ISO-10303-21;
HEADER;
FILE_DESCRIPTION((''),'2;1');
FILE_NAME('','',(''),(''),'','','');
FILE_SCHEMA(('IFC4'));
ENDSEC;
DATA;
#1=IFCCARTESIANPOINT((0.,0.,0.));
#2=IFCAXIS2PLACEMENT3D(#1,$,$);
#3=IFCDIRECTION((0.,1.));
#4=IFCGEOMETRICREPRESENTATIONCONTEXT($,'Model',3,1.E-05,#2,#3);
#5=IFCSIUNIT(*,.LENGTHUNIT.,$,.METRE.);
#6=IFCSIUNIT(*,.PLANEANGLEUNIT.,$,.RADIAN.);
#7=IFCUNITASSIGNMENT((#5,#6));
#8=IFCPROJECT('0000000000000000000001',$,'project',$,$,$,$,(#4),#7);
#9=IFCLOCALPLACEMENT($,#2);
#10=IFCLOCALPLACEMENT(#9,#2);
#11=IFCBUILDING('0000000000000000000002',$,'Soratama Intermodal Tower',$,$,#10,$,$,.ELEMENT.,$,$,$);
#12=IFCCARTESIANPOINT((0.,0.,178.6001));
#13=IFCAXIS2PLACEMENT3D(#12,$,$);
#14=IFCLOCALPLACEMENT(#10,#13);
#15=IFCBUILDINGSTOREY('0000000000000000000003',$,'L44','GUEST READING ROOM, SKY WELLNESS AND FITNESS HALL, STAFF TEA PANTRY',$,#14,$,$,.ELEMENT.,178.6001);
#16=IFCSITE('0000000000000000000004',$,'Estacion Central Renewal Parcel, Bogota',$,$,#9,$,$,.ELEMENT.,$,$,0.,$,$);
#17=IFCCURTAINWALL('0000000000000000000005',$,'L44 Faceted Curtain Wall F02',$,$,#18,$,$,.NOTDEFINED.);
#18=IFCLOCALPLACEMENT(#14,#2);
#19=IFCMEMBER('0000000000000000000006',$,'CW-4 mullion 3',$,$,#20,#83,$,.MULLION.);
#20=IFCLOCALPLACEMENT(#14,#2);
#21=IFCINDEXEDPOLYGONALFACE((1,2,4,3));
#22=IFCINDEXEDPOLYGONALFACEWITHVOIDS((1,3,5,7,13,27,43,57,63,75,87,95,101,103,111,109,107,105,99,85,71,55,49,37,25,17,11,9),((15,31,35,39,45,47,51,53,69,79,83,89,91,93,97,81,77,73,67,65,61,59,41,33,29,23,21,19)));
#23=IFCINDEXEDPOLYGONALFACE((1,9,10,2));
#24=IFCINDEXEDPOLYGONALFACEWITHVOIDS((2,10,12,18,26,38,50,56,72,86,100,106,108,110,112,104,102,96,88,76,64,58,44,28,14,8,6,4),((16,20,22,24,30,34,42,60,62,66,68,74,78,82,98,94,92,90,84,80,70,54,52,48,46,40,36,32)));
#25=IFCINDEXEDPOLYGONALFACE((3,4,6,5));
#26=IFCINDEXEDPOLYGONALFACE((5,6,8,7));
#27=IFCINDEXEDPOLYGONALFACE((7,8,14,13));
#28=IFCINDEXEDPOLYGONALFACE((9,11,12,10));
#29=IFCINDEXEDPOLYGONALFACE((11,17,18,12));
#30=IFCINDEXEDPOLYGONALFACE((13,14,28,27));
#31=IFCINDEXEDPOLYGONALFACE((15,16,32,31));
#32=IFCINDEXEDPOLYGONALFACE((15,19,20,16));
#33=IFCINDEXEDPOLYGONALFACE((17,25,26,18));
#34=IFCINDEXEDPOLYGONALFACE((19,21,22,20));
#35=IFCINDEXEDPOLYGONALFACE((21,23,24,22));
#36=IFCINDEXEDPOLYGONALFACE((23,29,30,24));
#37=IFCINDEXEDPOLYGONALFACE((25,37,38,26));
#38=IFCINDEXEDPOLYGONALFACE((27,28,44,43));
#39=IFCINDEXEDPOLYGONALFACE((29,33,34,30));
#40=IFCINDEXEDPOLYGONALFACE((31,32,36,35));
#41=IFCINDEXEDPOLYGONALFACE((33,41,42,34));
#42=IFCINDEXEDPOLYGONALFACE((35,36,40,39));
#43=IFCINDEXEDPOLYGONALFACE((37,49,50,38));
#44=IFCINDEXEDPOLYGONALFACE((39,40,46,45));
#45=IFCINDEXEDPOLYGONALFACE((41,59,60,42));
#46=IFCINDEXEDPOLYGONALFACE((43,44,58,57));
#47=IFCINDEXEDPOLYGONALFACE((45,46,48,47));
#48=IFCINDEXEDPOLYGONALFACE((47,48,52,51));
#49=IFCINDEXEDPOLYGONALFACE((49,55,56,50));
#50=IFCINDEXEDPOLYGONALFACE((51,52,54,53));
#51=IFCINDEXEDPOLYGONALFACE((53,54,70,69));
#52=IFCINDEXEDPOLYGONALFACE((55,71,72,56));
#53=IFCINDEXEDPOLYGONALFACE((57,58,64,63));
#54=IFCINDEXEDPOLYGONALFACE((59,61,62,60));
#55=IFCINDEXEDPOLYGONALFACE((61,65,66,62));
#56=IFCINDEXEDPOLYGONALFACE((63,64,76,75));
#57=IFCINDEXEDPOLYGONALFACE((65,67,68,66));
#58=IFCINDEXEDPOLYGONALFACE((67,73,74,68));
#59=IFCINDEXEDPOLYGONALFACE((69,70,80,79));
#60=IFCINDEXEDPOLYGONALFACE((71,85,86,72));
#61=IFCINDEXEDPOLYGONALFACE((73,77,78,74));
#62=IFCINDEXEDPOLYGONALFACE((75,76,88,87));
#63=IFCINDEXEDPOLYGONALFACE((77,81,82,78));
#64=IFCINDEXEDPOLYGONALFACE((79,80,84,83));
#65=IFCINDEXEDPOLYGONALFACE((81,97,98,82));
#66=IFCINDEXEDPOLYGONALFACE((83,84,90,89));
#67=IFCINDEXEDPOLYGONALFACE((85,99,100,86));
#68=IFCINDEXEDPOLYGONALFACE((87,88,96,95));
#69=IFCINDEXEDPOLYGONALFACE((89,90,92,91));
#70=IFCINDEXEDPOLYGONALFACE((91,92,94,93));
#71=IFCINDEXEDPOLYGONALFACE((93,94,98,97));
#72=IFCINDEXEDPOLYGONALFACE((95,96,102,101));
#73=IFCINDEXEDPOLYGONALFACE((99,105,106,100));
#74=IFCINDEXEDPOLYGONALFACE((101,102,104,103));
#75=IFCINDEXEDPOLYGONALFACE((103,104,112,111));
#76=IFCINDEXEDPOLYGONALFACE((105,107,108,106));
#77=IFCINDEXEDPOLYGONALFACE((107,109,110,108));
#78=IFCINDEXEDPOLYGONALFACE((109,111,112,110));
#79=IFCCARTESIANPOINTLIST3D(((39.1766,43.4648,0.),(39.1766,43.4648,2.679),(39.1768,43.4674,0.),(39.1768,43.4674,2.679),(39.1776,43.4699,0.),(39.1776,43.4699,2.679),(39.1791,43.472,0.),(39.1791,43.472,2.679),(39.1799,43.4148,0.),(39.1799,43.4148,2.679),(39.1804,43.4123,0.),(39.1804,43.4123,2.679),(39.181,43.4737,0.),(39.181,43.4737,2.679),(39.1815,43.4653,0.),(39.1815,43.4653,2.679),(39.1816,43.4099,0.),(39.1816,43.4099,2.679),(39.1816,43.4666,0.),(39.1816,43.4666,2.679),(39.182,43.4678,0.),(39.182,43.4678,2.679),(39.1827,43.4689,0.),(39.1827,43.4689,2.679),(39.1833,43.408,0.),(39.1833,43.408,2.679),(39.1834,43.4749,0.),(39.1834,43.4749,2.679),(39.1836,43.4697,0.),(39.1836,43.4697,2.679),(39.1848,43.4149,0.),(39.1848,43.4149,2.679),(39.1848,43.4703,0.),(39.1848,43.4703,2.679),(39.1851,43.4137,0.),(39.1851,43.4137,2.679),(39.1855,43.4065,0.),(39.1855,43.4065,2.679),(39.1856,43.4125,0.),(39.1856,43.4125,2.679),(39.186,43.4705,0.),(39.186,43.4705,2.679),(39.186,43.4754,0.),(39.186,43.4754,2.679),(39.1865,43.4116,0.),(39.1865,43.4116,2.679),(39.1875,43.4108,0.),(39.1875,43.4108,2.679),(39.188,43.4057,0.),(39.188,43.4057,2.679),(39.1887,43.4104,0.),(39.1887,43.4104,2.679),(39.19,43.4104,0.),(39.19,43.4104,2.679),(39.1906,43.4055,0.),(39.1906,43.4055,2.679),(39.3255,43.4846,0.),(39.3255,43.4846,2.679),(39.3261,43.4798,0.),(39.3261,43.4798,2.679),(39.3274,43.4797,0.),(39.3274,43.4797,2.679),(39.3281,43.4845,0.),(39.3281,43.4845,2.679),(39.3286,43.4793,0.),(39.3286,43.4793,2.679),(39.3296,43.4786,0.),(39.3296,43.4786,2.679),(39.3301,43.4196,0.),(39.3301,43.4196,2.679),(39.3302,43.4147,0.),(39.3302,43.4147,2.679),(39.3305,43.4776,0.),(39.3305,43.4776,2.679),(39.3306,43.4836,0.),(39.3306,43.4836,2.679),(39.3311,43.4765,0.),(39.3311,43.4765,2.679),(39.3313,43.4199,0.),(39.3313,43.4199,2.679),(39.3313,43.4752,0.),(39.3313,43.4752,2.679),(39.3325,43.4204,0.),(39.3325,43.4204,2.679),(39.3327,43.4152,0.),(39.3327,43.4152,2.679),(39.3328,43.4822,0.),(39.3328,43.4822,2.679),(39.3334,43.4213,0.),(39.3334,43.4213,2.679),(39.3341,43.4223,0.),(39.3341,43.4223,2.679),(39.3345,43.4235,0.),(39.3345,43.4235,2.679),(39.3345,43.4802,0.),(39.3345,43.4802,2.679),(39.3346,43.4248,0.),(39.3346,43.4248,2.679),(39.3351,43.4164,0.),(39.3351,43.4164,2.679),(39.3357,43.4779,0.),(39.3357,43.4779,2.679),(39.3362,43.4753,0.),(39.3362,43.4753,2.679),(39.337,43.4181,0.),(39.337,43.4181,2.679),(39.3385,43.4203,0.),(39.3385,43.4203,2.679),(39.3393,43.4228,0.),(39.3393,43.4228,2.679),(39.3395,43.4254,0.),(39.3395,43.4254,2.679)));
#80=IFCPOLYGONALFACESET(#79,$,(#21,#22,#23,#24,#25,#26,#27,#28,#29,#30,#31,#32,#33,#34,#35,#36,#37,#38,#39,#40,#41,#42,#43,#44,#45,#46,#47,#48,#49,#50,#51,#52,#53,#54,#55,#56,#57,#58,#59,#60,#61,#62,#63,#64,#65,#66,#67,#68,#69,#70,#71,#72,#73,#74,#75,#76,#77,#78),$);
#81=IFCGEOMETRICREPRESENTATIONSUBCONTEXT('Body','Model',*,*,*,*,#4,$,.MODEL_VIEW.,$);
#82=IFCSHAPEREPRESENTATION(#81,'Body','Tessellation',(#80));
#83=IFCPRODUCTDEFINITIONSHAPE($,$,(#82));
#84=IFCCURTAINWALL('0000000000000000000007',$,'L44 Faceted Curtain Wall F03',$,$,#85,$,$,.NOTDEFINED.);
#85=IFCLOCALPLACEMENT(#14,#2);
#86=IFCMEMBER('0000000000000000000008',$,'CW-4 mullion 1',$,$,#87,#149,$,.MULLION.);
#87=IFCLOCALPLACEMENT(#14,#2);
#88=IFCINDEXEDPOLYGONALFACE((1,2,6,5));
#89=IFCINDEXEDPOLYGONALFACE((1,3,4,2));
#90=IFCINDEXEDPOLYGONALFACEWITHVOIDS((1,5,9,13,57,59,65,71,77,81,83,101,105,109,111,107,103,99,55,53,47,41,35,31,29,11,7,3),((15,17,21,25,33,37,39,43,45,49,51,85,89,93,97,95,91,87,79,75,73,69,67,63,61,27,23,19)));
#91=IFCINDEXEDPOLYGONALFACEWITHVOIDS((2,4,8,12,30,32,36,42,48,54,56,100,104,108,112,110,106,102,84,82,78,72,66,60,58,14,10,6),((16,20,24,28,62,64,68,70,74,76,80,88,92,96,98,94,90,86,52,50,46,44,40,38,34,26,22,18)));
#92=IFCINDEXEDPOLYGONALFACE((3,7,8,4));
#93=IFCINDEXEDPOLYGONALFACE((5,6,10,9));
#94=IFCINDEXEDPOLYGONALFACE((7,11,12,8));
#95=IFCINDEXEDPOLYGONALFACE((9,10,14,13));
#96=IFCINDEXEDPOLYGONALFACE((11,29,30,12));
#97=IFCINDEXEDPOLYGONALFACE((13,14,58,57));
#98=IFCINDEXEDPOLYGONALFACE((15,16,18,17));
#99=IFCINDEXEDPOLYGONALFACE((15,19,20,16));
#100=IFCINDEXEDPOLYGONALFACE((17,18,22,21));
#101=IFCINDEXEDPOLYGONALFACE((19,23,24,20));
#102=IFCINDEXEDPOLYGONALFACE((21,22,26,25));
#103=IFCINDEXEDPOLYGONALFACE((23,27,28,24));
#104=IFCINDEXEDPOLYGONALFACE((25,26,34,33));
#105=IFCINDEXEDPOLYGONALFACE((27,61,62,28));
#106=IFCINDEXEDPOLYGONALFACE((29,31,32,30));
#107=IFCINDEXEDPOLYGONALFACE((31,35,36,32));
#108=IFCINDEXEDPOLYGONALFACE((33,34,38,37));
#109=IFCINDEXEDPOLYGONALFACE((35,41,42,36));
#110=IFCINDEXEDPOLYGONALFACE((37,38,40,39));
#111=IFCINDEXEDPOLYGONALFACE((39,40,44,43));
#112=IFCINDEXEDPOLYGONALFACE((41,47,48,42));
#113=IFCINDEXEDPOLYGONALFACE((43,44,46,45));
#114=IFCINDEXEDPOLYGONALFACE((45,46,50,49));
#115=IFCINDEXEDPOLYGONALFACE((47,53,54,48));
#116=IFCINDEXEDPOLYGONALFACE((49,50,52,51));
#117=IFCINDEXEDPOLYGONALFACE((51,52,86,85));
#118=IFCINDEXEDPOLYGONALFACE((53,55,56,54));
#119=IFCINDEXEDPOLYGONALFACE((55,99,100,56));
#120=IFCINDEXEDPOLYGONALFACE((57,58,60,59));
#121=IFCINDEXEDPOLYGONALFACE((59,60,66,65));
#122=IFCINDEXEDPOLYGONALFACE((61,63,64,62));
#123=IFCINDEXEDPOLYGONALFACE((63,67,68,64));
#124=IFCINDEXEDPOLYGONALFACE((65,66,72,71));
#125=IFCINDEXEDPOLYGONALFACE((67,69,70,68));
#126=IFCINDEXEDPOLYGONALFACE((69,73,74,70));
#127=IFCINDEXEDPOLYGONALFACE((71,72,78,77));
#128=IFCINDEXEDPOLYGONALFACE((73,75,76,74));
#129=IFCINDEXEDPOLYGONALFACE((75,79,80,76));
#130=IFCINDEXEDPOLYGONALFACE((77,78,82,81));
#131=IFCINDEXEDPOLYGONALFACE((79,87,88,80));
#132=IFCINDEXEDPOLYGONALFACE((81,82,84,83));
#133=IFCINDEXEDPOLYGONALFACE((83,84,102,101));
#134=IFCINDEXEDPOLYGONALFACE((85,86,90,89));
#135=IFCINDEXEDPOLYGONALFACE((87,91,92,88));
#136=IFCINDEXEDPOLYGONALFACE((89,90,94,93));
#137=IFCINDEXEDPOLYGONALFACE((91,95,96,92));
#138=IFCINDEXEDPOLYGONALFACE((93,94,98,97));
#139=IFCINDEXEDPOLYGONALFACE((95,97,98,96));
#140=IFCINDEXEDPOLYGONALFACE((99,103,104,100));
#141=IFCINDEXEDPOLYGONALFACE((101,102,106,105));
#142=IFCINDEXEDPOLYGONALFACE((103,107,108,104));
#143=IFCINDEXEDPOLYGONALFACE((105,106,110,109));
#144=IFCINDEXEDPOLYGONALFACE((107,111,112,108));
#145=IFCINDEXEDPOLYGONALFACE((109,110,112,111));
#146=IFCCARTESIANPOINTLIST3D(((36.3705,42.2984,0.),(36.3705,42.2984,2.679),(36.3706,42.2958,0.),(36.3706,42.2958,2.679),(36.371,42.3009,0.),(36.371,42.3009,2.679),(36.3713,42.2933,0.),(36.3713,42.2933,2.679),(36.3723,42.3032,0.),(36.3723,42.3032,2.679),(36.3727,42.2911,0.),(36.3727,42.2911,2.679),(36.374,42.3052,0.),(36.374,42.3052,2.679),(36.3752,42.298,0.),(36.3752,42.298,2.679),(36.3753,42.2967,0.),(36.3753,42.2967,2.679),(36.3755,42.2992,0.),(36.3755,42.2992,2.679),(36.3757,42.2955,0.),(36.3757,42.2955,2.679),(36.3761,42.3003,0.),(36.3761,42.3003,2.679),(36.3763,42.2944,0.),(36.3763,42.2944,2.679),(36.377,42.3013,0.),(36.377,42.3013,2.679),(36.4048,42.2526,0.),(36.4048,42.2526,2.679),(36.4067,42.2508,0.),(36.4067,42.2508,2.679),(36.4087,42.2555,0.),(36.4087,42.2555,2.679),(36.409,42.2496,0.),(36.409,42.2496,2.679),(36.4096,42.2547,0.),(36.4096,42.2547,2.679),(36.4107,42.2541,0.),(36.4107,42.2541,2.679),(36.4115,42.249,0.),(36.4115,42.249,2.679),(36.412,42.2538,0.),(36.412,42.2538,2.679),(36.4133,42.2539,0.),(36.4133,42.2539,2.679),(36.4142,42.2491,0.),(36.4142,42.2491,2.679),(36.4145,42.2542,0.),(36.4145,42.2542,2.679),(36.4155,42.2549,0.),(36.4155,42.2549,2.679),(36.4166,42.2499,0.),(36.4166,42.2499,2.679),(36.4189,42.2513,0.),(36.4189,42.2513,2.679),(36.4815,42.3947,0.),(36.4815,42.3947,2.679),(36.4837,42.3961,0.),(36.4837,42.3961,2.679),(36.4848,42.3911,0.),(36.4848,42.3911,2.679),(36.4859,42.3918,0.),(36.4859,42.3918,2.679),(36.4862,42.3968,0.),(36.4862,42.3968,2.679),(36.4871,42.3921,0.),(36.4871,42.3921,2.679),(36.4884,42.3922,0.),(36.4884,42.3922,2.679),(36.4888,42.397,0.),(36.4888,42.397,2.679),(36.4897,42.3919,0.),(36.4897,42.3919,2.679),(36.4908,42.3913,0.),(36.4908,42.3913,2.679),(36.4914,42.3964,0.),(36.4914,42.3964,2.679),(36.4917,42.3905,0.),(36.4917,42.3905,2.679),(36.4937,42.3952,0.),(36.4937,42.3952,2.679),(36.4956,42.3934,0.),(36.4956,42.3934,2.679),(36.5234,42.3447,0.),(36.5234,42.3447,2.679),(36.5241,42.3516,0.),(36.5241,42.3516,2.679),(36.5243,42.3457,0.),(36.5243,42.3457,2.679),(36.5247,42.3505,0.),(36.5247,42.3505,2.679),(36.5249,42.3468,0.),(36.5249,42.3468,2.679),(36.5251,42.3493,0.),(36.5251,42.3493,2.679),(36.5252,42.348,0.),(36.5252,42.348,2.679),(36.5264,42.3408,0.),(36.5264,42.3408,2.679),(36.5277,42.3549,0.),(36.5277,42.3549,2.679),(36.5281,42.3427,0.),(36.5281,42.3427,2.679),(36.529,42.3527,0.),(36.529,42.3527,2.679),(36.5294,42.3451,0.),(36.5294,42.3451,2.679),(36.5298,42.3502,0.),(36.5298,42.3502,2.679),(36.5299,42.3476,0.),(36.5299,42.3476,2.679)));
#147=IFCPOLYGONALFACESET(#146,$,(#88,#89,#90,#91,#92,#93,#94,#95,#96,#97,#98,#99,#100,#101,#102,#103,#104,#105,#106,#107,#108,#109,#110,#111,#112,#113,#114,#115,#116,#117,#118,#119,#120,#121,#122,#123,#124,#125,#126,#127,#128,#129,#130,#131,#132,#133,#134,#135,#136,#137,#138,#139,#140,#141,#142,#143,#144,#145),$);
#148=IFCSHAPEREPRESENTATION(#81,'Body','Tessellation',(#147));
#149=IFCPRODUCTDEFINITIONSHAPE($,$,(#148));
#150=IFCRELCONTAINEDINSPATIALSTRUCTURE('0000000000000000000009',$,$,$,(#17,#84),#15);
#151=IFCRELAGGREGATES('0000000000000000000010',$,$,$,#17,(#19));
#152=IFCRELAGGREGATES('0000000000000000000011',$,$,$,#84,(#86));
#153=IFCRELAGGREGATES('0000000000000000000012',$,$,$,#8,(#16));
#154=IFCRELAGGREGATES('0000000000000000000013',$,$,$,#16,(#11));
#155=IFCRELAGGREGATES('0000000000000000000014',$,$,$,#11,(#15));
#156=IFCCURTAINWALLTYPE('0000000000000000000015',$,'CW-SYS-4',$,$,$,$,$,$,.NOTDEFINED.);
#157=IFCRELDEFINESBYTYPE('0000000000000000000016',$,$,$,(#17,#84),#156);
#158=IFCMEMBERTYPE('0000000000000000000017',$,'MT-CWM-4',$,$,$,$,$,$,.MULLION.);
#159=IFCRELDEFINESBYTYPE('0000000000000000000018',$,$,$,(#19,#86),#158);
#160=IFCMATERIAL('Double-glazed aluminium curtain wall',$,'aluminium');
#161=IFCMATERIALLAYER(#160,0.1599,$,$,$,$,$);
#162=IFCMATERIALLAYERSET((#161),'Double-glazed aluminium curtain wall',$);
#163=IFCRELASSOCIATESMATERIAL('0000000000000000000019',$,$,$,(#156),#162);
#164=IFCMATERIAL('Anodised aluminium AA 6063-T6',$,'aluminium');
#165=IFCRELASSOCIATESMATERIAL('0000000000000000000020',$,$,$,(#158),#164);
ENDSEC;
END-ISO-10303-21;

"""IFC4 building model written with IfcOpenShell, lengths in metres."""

from ifc_helpers import new_model, si_unit, direction, frame, origin, origin_2d, place, context, subcontext, project, spatial, hollow_rectangle, extrude, material, layer, layer_set, material_profile, profile_set, type_object, element, aggregate, save


model = new_model("IFC4")

# Units and contexts
model_context = context("Model", 3, precision=1e-05, world=origin(), true_north=direction((0.0, 1.0)))
body_context = subcontext(model_context, "Body", "Model", "MODEL_VIEW")
ifc_project = project(units=[si_unit("LENGTHUNIT", "METRE"), si_unit("PLANEANGLEUNIT", "RADIAN")], contexts=[model_context])

# Site, building, storey
site_placement = place(None, origin())
site = spatial("IfcSite", under=ifc_project, at=site_placement, Name="Estacion Central Renewal Parcel, Bogota", CompositionType="ELEMENT", RefElevation=0.0)
building_placement = place(site_placement, origin())
building = spatial("IfcBuilding", under=site, at=building_placement, Name="Soratama Intermodal Tower", CompositionType="ELEMENT")
storey_placement = place(building_placement, frame((0.0, 0.0, 178.6001)))
storey = spatial("IfcBuildingStorey", under=building, at=storey_placement, Name="L44", Description="GUEST READING ROOM, SKY WELLNESS AND FITNESS HALL, STAFF TEA PANTRY", CompositionType="ELEMENT", Elevation=178.6001)

# Curtain wall, member
ifc_material_1 = material(Name="Double-glazed aluminium curtain wall", Category="aluminium")
ifc_layer_1 = layer(ifc_material_1, 0.1599)
ifc_layer_set_1 = layer_set([ifc_layer_1], Name="Double-glazed aluminium curtain wall")
curtain_wall_type = type_object("IfcCurtainWallType", Name="CW-SYS-4", PredefinedType="NOTDEFINED", material=ifc_layer_set_1)
curtain_wall_1_placement = place(storey_placement, origin())
curtain_wall_1 = element("IfcCurtainWall", 1, at=curtain_wall_1_placement, inside=storey, type_object=curtain_wall_type, Name="L44 Faceted Curtain Wall F02", PredefinedType="NOTDEFINED")
ifc_material_2 = material(Name="Anodised aluminium AA 6063-T6", Category="aluminium")
ifc_material_profile_1 = material_profile(ifc_material_2, hollow_rectangle(XDim=0.0701, YDim=0.1599, WallThickness=0.0049, InnerFilletRadius=0.0049, OuterFilletRadius=0.01, at=origin_2d()), Name="CWM160X70X5")
ifc_profile_set_1 = profile_set([ifc_material_profile_1], Name="Anodised aluminium AA 6063-T6")
member_type_1 = type_object("IfcMemberType", Name="MT-CWM-4", PredefinedType="MULLION", material=ifc_profile_set_1)
member_1_placement = place(storey_placement, frame((39.2581, 43.4451, 0.0), z_axis=(0.0, 0.0, 1.0), x_axis=(0.065919, -0.997825, 0.0)))
member_1 = element("IfcMember", 2, at=member_1_placement, type_object=member_type_1, Name="CW-4 mullion 3", PredefinedType="MULLION", context=body_context, shape_type="SweptSolid", body=[
    extrude(hollow_rectangle(XDim=0.0701, YDim=0.1599, WallThickness=0.0049, InnerFilletRadius=0.0049, OuterFilletRadius=0.01, at=origin_2d()), origin(), (0.0, 0.0, 1.0), 2.679),
])
aggregate(curtain_wall_1, [member_1])

# Curtain wall, member
curtain_wall_2_placement = place(storey_placement, origin())
curtain_wall_2 = element("IfcCurtainWall", 3, at=curtain_wall_2_placement, inside=storey, type_object=curtain_wall_type, Name="L44 Faceted Curtain Wall F03", PredefinedType="NOTDEFINED")
member_2_placement = place(storey_placement, frame((36.4502, 42.323, 0.0), z_axis=(0.0, 0.0, 1.0), x_axis=(0.63984, -0.768508, 0.0)))
member_2 = element("IfcMember", 4, at=member_2_placement, type_object=member_type_1, Name="CW-4 mullion 1", PredefinedType="MULLION", context=body_context, shape_type="SweptSolid", body=[
    extrude(hollow_rectangle(XDim=0.0701, YDim=0.1599, WallThickness=0.0049, InnerFilletRadius=0.0049, OuterFilletRadius=0.01, at=origin_2d()), origin(), (0.0, 0.0, 1.0), 2.679),
])
aggregate(curtain_wall_2, [member_2])

save(model, "model.ifc")
